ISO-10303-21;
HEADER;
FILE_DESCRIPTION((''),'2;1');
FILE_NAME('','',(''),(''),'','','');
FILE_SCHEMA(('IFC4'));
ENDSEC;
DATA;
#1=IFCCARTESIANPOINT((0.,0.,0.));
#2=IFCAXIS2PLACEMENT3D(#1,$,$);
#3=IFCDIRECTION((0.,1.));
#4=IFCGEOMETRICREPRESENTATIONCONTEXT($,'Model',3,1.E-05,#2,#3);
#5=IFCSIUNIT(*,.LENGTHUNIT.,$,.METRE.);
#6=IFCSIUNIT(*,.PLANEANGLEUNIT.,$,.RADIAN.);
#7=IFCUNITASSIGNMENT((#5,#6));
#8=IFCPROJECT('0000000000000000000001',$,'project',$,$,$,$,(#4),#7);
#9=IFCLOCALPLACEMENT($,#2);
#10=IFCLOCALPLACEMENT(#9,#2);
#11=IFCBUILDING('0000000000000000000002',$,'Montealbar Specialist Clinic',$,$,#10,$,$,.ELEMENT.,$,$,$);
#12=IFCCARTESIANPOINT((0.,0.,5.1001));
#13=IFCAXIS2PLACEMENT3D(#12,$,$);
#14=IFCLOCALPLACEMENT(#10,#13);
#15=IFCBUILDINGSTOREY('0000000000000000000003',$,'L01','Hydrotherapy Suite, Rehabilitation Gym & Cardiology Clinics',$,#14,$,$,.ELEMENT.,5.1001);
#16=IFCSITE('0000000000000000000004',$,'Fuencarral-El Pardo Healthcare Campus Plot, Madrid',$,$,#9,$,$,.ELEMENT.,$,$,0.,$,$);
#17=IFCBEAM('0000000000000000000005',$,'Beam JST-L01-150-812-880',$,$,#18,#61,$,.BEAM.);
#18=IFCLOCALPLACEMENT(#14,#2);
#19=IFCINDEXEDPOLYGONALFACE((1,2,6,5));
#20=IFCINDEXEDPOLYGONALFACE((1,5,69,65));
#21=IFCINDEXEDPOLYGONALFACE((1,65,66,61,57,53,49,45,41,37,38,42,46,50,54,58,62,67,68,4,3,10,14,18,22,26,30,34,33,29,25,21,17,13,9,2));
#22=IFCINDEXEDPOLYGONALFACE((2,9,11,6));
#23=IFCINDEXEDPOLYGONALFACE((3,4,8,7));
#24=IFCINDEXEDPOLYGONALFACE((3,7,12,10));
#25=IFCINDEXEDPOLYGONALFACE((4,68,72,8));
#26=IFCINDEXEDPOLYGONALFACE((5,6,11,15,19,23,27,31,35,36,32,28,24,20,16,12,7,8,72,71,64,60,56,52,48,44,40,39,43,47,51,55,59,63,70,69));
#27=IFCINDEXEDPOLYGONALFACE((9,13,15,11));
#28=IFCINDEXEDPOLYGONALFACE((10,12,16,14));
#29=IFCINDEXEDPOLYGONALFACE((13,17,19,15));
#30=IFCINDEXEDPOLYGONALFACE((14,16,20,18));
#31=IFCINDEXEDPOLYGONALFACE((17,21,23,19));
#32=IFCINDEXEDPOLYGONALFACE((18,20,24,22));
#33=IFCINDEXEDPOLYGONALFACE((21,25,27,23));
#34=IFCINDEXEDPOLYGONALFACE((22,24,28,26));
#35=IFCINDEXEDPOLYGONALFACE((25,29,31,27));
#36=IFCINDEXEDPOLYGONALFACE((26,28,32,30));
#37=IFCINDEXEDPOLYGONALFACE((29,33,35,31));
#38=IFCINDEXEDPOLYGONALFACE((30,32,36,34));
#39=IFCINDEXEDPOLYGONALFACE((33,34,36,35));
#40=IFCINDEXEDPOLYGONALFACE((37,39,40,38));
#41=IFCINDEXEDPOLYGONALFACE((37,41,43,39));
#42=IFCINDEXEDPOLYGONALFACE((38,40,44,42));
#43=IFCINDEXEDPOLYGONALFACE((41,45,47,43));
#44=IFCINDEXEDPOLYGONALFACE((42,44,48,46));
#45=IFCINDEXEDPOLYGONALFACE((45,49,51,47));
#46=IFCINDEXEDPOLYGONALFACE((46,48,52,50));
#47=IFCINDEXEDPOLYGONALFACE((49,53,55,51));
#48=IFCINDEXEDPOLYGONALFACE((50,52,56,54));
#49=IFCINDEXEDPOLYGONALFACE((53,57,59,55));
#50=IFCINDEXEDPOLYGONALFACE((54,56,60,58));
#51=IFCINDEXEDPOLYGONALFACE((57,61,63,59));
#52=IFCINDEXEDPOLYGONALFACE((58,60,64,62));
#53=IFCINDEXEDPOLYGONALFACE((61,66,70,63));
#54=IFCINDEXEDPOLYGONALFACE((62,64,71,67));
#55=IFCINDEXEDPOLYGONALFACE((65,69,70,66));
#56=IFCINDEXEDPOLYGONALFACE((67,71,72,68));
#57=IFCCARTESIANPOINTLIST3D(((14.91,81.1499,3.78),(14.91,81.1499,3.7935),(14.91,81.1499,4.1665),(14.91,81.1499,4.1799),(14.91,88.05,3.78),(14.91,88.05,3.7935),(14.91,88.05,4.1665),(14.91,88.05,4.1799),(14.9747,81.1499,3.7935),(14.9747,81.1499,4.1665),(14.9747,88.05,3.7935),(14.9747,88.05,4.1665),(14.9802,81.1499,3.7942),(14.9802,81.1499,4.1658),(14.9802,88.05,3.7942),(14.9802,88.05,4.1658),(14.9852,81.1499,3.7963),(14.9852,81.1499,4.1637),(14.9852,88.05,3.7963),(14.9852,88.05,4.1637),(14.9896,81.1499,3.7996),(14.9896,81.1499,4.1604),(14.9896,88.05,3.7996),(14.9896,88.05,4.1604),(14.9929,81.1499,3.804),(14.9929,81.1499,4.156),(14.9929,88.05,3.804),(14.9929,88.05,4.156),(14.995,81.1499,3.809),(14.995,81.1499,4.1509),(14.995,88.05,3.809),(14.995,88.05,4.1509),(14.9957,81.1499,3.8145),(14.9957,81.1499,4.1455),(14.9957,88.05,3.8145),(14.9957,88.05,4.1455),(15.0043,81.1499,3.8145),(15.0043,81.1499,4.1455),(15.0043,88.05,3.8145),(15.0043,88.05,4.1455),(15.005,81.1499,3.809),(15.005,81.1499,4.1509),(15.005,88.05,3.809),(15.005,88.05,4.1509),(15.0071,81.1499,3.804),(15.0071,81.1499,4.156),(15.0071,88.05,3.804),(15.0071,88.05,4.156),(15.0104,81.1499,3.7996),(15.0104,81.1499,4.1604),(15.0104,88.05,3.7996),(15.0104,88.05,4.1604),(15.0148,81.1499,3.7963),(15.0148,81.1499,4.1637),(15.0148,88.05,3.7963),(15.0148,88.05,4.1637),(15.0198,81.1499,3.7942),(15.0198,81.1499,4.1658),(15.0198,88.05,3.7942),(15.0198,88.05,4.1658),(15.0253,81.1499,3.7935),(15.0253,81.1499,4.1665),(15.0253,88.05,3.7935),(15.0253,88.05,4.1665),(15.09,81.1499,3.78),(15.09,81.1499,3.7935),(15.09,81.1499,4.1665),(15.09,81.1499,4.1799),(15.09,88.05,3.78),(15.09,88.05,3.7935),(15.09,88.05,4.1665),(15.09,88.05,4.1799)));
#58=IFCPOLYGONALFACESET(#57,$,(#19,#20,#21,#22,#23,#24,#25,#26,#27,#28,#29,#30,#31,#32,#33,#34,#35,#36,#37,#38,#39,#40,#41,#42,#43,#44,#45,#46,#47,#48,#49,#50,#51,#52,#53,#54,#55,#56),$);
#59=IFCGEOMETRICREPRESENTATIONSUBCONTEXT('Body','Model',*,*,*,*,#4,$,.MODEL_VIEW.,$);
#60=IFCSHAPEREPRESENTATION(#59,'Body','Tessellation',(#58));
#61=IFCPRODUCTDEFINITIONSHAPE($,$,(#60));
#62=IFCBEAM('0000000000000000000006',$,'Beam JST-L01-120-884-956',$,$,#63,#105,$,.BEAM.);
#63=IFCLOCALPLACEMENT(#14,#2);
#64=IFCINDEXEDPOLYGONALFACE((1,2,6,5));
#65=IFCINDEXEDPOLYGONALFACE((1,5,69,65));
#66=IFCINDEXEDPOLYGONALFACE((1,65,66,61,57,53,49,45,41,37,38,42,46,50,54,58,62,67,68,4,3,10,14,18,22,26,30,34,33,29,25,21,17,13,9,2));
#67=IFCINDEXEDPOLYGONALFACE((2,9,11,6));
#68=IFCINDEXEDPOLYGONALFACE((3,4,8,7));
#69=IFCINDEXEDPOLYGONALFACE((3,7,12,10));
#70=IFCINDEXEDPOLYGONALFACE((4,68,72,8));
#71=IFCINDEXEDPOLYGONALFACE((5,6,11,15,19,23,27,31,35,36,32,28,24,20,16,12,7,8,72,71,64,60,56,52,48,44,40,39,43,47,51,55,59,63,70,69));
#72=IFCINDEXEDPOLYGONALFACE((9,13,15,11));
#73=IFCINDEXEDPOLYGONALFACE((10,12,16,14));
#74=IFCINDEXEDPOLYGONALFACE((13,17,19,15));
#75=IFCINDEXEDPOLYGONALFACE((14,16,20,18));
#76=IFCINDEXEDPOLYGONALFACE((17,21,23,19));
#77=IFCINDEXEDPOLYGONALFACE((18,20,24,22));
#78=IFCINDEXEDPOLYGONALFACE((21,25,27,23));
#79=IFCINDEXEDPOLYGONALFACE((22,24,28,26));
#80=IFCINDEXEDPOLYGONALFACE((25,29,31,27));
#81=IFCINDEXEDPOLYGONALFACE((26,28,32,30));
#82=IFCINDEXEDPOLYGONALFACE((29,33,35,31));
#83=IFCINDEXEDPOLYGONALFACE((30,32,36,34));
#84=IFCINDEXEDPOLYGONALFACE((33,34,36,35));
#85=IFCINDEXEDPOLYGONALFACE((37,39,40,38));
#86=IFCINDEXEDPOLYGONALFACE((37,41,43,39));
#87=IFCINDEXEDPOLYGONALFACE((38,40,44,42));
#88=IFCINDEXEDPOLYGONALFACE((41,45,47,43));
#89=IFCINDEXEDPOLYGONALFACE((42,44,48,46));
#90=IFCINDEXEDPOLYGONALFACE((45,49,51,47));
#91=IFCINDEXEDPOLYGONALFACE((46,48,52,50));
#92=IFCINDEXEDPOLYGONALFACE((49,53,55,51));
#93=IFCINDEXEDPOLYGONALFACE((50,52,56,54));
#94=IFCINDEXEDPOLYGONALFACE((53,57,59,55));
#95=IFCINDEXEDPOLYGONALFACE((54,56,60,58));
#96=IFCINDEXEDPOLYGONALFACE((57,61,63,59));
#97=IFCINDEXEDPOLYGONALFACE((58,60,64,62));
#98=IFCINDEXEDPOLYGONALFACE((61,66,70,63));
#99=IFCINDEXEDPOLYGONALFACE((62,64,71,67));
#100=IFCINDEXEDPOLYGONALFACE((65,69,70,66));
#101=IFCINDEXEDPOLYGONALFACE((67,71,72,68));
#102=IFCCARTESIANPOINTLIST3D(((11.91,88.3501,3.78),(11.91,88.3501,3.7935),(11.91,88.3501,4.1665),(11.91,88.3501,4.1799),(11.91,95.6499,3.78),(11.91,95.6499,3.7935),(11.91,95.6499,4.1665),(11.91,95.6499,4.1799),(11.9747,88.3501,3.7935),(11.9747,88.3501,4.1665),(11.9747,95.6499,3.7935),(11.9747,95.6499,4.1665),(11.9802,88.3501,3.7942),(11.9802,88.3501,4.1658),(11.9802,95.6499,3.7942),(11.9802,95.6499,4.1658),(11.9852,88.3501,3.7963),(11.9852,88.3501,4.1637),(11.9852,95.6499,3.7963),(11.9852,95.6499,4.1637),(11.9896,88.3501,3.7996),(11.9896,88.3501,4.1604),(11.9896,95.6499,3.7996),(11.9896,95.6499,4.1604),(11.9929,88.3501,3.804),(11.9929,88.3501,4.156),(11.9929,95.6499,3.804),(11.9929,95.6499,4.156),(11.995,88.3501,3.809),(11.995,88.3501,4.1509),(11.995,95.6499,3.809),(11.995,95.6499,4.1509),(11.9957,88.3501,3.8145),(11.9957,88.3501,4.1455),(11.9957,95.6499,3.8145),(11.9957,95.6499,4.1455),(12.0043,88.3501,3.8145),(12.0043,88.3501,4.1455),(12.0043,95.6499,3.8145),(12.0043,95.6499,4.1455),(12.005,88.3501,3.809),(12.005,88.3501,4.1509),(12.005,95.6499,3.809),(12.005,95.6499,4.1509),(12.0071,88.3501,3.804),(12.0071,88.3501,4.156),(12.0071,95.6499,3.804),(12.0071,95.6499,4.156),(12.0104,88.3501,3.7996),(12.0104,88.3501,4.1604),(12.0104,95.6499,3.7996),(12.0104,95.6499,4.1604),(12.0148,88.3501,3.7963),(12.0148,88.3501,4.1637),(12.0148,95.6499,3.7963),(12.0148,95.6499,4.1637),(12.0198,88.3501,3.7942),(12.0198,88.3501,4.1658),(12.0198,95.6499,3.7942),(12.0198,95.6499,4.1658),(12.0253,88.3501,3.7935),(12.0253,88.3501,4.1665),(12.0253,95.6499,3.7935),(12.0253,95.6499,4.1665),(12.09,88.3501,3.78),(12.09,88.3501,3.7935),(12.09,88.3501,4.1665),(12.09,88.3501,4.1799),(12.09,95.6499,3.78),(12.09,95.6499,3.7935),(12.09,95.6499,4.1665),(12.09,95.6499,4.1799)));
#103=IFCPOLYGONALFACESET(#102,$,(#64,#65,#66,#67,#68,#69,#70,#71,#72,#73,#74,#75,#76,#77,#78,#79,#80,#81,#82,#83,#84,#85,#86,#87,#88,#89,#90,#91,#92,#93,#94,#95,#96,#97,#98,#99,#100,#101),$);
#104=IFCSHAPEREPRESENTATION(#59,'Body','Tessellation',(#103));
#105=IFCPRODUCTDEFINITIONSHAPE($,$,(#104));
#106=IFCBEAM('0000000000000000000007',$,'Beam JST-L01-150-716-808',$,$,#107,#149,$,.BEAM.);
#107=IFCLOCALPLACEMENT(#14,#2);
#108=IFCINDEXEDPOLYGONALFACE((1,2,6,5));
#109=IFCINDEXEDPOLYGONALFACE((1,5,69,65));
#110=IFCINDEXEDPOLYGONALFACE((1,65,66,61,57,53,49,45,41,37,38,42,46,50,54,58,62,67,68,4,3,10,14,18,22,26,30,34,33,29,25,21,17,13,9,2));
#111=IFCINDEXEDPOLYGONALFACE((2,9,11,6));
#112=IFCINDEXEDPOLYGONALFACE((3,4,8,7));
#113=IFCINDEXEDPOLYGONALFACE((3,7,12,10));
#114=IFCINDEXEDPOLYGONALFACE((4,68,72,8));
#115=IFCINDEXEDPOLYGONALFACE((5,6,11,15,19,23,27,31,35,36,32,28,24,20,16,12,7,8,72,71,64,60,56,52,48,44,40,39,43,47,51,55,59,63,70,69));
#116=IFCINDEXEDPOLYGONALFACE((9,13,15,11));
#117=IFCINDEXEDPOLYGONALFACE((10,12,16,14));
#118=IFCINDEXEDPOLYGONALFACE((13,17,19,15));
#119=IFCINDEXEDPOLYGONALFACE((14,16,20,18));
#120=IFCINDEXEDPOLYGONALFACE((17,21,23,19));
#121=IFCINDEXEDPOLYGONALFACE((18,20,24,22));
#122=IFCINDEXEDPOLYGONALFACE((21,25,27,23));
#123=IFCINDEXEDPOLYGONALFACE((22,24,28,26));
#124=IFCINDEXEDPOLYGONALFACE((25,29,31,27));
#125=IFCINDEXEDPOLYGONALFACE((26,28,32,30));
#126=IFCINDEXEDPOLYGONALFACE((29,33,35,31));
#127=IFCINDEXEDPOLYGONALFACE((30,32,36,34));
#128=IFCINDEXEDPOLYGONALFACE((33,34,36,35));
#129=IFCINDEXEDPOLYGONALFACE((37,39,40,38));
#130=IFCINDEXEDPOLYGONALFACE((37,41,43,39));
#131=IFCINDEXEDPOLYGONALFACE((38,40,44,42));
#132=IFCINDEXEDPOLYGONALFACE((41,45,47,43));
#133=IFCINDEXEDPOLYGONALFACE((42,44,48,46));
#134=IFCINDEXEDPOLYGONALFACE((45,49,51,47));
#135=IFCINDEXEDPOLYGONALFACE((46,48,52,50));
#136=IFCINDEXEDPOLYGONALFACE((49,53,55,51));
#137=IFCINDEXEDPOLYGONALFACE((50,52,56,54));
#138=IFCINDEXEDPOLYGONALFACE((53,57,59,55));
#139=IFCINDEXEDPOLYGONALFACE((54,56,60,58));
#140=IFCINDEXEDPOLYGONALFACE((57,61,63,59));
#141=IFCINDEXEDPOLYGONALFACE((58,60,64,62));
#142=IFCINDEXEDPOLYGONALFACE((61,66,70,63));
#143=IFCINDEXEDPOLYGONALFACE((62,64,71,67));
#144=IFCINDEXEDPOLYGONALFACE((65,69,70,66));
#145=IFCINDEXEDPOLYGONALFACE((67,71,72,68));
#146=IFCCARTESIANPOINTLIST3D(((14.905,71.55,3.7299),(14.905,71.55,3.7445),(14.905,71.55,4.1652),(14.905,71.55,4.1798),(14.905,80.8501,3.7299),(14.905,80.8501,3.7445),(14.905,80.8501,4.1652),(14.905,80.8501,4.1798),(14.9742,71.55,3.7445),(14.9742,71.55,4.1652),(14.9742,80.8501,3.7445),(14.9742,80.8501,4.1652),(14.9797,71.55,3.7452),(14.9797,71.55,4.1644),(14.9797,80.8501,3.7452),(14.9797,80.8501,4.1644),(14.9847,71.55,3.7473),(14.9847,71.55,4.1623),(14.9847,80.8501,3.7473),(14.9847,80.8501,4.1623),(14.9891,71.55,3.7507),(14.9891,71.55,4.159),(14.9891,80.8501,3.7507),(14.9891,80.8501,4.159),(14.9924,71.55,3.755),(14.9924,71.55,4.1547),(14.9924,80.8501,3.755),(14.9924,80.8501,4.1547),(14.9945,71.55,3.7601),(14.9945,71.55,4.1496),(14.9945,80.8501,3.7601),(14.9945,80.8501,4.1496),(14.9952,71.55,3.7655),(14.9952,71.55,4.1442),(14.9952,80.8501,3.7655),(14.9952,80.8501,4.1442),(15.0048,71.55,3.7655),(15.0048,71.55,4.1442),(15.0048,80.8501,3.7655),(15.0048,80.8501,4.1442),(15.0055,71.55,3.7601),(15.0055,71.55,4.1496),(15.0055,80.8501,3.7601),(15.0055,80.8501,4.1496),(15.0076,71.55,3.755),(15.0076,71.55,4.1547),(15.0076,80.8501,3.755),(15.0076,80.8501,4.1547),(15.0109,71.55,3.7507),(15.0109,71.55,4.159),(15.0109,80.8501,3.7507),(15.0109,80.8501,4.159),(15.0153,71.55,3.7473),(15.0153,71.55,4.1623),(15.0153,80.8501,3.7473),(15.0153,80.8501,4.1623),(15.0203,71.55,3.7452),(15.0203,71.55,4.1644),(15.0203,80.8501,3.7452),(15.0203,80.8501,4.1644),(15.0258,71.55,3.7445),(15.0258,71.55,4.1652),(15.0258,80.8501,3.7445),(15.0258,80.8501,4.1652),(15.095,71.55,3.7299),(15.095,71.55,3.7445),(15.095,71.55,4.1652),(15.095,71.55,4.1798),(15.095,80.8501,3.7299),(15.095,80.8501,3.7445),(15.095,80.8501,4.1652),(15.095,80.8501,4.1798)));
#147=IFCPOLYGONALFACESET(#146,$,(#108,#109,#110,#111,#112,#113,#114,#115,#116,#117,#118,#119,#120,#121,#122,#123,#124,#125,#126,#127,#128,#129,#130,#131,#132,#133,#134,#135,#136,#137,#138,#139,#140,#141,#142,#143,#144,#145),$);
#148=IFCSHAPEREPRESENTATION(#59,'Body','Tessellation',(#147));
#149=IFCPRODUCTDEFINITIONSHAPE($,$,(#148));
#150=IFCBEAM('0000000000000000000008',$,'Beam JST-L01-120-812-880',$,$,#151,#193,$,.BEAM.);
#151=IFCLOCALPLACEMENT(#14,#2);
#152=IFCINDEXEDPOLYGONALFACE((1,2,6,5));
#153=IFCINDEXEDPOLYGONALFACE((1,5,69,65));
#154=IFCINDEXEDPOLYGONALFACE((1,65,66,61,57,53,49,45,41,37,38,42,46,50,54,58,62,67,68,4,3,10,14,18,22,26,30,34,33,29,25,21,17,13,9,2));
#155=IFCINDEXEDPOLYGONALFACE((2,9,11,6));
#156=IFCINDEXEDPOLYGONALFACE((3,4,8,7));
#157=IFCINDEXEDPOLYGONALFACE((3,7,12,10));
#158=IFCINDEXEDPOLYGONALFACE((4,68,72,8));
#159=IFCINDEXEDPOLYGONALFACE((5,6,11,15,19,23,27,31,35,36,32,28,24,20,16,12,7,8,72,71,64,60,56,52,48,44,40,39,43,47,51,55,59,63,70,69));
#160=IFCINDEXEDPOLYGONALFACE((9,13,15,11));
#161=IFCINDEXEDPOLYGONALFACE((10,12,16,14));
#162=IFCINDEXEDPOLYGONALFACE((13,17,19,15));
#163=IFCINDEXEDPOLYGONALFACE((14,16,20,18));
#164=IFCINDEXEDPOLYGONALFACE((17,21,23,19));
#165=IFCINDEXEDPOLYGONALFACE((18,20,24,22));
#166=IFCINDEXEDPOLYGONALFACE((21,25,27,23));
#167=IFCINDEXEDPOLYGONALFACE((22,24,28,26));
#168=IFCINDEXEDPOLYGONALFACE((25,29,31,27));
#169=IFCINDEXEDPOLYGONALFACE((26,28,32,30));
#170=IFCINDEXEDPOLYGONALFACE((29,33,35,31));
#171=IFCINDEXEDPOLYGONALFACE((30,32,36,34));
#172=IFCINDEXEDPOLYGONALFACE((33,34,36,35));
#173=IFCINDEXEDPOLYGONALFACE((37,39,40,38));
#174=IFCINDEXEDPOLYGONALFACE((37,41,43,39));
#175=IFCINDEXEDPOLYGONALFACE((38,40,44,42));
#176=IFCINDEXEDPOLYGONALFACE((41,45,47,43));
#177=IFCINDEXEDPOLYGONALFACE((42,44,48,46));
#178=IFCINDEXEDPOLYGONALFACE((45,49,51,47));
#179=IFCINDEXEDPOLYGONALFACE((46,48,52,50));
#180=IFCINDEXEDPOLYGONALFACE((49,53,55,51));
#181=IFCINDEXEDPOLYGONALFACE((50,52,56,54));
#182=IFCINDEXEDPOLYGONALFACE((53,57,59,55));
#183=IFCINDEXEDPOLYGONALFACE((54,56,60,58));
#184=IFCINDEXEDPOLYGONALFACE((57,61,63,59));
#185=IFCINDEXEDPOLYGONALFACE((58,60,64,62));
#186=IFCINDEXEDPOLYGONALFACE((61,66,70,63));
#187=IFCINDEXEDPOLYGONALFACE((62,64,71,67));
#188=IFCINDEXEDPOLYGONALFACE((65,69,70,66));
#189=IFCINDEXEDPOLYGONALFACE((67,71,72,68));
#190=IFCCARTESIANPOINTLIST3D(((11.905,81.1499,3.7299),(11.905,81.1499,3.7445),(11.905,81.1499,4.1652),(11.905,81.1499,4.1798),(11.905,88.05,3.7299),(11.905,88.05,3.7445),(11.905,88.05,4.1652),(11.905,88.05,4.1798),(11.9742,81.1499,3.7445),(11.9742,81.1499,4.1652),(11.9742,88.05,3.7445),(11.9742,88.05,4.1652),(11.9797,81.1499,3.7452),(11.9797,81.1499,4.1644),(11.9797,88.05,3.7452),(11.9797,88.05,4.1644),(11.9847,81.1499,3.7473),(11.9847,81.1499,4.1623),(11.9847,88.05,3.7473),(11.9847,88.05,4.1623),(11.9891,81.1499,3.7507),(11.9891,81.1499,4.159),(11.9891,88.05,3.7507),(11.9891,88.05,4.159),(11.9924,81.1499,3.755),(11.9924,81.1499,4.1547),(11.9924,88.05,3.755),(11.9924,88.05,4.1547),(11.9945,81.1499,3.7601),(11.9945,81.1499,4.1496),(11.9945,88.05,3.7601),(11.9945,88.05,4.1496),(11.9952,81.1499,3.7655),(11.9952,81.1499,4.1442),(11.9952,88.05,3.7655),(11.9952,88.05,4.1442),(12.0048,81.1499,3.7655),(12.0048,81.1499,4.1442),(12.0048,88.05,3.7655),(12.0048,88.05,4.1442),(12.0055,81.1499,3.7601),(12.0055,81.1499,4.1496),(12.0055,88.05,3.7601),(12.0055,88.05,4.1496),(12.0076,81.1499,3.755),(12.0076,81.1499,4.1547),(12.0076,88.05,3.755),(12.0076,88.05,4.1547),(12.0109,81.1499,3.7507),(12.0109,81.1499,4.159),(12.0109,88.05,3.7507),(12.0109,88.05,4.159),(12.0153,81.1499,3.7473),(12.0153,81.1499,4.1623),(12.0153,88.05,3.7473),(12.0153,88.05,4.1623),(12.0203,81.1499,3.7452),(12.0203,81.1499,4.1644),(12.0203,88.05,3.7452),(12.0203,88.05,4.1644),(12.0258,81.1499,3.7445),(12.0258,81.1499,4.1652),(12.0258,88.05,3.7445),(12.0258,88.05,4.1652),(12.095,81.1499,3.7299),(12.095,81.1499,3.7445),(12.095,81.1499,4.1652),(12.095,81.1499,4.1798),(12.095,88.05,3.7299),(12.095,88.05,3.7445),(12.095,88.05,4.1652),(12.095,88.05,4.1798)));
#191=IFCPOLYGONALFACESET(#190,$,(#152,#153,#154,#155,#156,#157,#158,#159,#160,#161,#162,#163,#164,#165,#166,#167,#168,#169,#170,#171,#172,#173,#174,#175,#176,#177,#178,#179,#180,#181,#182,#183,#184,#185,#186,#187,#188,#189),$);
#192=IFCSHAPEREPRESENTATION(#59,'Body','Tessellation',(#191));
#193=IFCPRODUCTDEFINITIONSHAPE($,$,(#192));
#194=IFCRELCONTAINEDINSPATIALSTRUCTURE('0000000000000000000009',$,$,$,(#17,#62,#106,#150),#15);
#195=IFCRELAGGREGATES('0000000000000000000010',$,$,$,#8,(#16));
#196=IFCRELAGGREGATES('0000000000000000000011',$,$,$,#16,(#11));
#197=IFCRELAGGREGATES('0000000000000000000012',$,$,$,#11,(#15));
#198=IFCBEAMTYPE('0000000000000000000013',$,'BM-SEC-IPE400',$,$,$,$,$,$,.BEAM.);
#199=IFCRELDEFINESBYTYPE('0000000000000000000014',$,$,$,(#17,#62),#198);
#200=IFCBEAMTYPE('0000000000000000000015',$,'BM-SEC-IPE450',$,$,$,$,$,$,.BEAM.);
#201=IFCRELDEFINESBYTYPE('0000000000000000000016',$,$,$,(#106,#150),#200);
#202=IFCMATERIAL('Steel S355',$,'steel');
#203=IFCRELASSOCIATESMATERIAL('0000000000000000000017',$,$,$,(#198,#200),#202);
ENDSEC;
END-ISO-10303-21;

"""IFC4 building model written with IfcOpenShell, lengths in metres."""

from ifc_helpers import new_model, si_unit, direction, frame, origin, origin_2d, place, context, subcontext, project, spatial, i_section, extrude, material, material_profile, profile_set, type_object, element, save


model = new_model("IFC4")

# Units and contexts
model_context = context("Model", 3, precision=1e-05, world=origin(), true_north=direction((0.0, 1.0)))
body_context = subcontext(model_context, "Body", "Model", "MODEL_VIEW")
ifc_project = project(units=[si_unit("LENGTHUNIT", "METRE"), si_unit("PLANEANGLEUNIT", "RADIAN")], contexts=[model_context])

# Site, building, storey
site_placement = place(None, origin())
site = spatial("IfcSite", under=ifc_project, at=site_placement, Name="Fuencarral-El Pardo Healthcare Campus Plot, Madrid", CompositionType="ELEMENT", RefElevation=0.0)
building_placement = place(site_placement, origin())
building = spatial("IfcBuilding", under=site, at=building_placement, Name="Montealbar Specialist Clinic", CompositionType="ELEMENT")
storey_placement = place(building_placement, frame((0.0, 0.0, 5.1001)))
storey = spatial("IfcBuildingStorey", under=building, at=storey_placement, Name="L01", Description="Hydrotherapy Suite, Rehabilitation Gym & Cardiology Clinics", CompositionType="ELEMENT", Elevation=5.1001)

# Beams
ifc_material_1 = material(Name="Steel S355", Category="steel")
ifc_material_profile_1 = material_profile(ifc_material_1, i_section(OverallWidth=0.1799, OverallDepth=0.3999, WebThickness=0.0085, FlangeThickness=0.0134, FilletRadius=0.021, at=origin_2d()), Name="IPE 400", Category="steel")
ifc_profile_set_1 = profile_set([ifc_material_profile_1], Name="Steel S355")
beam_type_1 = type_object("IfcBeamType", Name="BM-SEC-IPE400", PredefinedType="BEAM", material=ifc_profile_set_1)
beam_1_placement = place(storey_placement, frame((15.0, 81.1499, 3.98), z_axis=(0.0, 1.0, 0.0), x_axis=(-1.0, 0.0, 0.0)))
element("IfcBeam", 1, at=beam_1_placement, inside=storey, type_object=beam_type_1, Name="Beam JST-L01-150-812-880", PredefinedType="BEAM", context=body_context, shape_type="SweptSolid", body=[
    extrude(i_section(OverallWidth=0.1799, OverallDepth=0.3999, WebThickness=0.0085, FlangeThickness=0.0134, FilletRadius=0.021, at=origin_2d()), origin(), (0.0, 0.0, 1.0), 6.9001),
])
beam_2_placement = place(storey_placement, frame((12.0, 88.3501, 3.98), z_axis=(0.0, 1.0, 0.0), x_axis=(-1.0, 0.0, 0.0)))
element("IfcBeam", 2, at=beam_2_placement, inside=storey, type_object=beam_type_1, Name="Beam JST-L01-120-884-956", PredefinedType="BEAM", context=body_context, shape_type="SweptSolid", body=[
    extrude(i_section(OverallWidth=0.1799, OverallDepth=0.3999, WebThickness=0.0085, FlangeThickness=0.0134, FilletRadius=0.021, at=origin_2d()), origin(), (0.0, 0.0, 1.0), 7.2998),
])
ifc_material_profile_2 = material_profile(ifc_material_1, i_section(OverallWidth=0.1899, OverallDepth=0.45, WebThickness=0.0095, FlangeThickness=0.0146, FilletRadius=0.021, at=origin_2d()), Name="IPE 450", Category="steel")
ifc_profile_set_2 = profile_set([ifc_material_profile_2], Name="Steel S355")
beam_type_2 = type_object("IfcBeamType", Name="BM-SEC-IPE450", PredefinedType="BEAM", material=ifc_profile_set_2)
beam_3_placement = place(storey_placement, frame((15.0, 71.55, 3.9548), z_axis=(0.0, 1.0, 0.0), x_axis=(-1.0, 0.0, 0.0)))
element("IfcBeam", 3, at=beam_3_placement, inside=storey, type_object=beam_type_2, Name="Beam JST-L01-150-716-808", PredefinedType="BEAM", context=body_context, shape_type="SweptSolid", body=[
    extrude(i_section(OverallWidth=0.1899, OverallDepth=0.45, WebThickness=0.0095, FlangeThickness=0.0146, FilletRadius=0.021, at=origin_2d()), origin(), (0.0, 0.0, 1.0), 9.3),
])
beam_4_placement = place(storey_placement, frame((12.0, 81.1499, 3.9548), z_axis=(0.0, 1.0, 0.0), x_axis=(-1.0, 0.0, 0.0)))
element("IfcBeam", 4, at=beam_4_placement, inside=storey, type_object=beam_type_2, Name="Beam JST-L01-120-812-880", PredefinedType="BEAM", context=body_context, shape_type="SweptSolid", body=[
    extrude(i_section(OverallWidth=0.1899, OverallDepth=0.45, WebThickness=0.0095, FlangeThickness=0.0146, FilletRadius=0.021, at=origin_2d()), origin(), (0.0, 0.0, 1.0), 6.9001),
])

save(model, "model.ifc")
